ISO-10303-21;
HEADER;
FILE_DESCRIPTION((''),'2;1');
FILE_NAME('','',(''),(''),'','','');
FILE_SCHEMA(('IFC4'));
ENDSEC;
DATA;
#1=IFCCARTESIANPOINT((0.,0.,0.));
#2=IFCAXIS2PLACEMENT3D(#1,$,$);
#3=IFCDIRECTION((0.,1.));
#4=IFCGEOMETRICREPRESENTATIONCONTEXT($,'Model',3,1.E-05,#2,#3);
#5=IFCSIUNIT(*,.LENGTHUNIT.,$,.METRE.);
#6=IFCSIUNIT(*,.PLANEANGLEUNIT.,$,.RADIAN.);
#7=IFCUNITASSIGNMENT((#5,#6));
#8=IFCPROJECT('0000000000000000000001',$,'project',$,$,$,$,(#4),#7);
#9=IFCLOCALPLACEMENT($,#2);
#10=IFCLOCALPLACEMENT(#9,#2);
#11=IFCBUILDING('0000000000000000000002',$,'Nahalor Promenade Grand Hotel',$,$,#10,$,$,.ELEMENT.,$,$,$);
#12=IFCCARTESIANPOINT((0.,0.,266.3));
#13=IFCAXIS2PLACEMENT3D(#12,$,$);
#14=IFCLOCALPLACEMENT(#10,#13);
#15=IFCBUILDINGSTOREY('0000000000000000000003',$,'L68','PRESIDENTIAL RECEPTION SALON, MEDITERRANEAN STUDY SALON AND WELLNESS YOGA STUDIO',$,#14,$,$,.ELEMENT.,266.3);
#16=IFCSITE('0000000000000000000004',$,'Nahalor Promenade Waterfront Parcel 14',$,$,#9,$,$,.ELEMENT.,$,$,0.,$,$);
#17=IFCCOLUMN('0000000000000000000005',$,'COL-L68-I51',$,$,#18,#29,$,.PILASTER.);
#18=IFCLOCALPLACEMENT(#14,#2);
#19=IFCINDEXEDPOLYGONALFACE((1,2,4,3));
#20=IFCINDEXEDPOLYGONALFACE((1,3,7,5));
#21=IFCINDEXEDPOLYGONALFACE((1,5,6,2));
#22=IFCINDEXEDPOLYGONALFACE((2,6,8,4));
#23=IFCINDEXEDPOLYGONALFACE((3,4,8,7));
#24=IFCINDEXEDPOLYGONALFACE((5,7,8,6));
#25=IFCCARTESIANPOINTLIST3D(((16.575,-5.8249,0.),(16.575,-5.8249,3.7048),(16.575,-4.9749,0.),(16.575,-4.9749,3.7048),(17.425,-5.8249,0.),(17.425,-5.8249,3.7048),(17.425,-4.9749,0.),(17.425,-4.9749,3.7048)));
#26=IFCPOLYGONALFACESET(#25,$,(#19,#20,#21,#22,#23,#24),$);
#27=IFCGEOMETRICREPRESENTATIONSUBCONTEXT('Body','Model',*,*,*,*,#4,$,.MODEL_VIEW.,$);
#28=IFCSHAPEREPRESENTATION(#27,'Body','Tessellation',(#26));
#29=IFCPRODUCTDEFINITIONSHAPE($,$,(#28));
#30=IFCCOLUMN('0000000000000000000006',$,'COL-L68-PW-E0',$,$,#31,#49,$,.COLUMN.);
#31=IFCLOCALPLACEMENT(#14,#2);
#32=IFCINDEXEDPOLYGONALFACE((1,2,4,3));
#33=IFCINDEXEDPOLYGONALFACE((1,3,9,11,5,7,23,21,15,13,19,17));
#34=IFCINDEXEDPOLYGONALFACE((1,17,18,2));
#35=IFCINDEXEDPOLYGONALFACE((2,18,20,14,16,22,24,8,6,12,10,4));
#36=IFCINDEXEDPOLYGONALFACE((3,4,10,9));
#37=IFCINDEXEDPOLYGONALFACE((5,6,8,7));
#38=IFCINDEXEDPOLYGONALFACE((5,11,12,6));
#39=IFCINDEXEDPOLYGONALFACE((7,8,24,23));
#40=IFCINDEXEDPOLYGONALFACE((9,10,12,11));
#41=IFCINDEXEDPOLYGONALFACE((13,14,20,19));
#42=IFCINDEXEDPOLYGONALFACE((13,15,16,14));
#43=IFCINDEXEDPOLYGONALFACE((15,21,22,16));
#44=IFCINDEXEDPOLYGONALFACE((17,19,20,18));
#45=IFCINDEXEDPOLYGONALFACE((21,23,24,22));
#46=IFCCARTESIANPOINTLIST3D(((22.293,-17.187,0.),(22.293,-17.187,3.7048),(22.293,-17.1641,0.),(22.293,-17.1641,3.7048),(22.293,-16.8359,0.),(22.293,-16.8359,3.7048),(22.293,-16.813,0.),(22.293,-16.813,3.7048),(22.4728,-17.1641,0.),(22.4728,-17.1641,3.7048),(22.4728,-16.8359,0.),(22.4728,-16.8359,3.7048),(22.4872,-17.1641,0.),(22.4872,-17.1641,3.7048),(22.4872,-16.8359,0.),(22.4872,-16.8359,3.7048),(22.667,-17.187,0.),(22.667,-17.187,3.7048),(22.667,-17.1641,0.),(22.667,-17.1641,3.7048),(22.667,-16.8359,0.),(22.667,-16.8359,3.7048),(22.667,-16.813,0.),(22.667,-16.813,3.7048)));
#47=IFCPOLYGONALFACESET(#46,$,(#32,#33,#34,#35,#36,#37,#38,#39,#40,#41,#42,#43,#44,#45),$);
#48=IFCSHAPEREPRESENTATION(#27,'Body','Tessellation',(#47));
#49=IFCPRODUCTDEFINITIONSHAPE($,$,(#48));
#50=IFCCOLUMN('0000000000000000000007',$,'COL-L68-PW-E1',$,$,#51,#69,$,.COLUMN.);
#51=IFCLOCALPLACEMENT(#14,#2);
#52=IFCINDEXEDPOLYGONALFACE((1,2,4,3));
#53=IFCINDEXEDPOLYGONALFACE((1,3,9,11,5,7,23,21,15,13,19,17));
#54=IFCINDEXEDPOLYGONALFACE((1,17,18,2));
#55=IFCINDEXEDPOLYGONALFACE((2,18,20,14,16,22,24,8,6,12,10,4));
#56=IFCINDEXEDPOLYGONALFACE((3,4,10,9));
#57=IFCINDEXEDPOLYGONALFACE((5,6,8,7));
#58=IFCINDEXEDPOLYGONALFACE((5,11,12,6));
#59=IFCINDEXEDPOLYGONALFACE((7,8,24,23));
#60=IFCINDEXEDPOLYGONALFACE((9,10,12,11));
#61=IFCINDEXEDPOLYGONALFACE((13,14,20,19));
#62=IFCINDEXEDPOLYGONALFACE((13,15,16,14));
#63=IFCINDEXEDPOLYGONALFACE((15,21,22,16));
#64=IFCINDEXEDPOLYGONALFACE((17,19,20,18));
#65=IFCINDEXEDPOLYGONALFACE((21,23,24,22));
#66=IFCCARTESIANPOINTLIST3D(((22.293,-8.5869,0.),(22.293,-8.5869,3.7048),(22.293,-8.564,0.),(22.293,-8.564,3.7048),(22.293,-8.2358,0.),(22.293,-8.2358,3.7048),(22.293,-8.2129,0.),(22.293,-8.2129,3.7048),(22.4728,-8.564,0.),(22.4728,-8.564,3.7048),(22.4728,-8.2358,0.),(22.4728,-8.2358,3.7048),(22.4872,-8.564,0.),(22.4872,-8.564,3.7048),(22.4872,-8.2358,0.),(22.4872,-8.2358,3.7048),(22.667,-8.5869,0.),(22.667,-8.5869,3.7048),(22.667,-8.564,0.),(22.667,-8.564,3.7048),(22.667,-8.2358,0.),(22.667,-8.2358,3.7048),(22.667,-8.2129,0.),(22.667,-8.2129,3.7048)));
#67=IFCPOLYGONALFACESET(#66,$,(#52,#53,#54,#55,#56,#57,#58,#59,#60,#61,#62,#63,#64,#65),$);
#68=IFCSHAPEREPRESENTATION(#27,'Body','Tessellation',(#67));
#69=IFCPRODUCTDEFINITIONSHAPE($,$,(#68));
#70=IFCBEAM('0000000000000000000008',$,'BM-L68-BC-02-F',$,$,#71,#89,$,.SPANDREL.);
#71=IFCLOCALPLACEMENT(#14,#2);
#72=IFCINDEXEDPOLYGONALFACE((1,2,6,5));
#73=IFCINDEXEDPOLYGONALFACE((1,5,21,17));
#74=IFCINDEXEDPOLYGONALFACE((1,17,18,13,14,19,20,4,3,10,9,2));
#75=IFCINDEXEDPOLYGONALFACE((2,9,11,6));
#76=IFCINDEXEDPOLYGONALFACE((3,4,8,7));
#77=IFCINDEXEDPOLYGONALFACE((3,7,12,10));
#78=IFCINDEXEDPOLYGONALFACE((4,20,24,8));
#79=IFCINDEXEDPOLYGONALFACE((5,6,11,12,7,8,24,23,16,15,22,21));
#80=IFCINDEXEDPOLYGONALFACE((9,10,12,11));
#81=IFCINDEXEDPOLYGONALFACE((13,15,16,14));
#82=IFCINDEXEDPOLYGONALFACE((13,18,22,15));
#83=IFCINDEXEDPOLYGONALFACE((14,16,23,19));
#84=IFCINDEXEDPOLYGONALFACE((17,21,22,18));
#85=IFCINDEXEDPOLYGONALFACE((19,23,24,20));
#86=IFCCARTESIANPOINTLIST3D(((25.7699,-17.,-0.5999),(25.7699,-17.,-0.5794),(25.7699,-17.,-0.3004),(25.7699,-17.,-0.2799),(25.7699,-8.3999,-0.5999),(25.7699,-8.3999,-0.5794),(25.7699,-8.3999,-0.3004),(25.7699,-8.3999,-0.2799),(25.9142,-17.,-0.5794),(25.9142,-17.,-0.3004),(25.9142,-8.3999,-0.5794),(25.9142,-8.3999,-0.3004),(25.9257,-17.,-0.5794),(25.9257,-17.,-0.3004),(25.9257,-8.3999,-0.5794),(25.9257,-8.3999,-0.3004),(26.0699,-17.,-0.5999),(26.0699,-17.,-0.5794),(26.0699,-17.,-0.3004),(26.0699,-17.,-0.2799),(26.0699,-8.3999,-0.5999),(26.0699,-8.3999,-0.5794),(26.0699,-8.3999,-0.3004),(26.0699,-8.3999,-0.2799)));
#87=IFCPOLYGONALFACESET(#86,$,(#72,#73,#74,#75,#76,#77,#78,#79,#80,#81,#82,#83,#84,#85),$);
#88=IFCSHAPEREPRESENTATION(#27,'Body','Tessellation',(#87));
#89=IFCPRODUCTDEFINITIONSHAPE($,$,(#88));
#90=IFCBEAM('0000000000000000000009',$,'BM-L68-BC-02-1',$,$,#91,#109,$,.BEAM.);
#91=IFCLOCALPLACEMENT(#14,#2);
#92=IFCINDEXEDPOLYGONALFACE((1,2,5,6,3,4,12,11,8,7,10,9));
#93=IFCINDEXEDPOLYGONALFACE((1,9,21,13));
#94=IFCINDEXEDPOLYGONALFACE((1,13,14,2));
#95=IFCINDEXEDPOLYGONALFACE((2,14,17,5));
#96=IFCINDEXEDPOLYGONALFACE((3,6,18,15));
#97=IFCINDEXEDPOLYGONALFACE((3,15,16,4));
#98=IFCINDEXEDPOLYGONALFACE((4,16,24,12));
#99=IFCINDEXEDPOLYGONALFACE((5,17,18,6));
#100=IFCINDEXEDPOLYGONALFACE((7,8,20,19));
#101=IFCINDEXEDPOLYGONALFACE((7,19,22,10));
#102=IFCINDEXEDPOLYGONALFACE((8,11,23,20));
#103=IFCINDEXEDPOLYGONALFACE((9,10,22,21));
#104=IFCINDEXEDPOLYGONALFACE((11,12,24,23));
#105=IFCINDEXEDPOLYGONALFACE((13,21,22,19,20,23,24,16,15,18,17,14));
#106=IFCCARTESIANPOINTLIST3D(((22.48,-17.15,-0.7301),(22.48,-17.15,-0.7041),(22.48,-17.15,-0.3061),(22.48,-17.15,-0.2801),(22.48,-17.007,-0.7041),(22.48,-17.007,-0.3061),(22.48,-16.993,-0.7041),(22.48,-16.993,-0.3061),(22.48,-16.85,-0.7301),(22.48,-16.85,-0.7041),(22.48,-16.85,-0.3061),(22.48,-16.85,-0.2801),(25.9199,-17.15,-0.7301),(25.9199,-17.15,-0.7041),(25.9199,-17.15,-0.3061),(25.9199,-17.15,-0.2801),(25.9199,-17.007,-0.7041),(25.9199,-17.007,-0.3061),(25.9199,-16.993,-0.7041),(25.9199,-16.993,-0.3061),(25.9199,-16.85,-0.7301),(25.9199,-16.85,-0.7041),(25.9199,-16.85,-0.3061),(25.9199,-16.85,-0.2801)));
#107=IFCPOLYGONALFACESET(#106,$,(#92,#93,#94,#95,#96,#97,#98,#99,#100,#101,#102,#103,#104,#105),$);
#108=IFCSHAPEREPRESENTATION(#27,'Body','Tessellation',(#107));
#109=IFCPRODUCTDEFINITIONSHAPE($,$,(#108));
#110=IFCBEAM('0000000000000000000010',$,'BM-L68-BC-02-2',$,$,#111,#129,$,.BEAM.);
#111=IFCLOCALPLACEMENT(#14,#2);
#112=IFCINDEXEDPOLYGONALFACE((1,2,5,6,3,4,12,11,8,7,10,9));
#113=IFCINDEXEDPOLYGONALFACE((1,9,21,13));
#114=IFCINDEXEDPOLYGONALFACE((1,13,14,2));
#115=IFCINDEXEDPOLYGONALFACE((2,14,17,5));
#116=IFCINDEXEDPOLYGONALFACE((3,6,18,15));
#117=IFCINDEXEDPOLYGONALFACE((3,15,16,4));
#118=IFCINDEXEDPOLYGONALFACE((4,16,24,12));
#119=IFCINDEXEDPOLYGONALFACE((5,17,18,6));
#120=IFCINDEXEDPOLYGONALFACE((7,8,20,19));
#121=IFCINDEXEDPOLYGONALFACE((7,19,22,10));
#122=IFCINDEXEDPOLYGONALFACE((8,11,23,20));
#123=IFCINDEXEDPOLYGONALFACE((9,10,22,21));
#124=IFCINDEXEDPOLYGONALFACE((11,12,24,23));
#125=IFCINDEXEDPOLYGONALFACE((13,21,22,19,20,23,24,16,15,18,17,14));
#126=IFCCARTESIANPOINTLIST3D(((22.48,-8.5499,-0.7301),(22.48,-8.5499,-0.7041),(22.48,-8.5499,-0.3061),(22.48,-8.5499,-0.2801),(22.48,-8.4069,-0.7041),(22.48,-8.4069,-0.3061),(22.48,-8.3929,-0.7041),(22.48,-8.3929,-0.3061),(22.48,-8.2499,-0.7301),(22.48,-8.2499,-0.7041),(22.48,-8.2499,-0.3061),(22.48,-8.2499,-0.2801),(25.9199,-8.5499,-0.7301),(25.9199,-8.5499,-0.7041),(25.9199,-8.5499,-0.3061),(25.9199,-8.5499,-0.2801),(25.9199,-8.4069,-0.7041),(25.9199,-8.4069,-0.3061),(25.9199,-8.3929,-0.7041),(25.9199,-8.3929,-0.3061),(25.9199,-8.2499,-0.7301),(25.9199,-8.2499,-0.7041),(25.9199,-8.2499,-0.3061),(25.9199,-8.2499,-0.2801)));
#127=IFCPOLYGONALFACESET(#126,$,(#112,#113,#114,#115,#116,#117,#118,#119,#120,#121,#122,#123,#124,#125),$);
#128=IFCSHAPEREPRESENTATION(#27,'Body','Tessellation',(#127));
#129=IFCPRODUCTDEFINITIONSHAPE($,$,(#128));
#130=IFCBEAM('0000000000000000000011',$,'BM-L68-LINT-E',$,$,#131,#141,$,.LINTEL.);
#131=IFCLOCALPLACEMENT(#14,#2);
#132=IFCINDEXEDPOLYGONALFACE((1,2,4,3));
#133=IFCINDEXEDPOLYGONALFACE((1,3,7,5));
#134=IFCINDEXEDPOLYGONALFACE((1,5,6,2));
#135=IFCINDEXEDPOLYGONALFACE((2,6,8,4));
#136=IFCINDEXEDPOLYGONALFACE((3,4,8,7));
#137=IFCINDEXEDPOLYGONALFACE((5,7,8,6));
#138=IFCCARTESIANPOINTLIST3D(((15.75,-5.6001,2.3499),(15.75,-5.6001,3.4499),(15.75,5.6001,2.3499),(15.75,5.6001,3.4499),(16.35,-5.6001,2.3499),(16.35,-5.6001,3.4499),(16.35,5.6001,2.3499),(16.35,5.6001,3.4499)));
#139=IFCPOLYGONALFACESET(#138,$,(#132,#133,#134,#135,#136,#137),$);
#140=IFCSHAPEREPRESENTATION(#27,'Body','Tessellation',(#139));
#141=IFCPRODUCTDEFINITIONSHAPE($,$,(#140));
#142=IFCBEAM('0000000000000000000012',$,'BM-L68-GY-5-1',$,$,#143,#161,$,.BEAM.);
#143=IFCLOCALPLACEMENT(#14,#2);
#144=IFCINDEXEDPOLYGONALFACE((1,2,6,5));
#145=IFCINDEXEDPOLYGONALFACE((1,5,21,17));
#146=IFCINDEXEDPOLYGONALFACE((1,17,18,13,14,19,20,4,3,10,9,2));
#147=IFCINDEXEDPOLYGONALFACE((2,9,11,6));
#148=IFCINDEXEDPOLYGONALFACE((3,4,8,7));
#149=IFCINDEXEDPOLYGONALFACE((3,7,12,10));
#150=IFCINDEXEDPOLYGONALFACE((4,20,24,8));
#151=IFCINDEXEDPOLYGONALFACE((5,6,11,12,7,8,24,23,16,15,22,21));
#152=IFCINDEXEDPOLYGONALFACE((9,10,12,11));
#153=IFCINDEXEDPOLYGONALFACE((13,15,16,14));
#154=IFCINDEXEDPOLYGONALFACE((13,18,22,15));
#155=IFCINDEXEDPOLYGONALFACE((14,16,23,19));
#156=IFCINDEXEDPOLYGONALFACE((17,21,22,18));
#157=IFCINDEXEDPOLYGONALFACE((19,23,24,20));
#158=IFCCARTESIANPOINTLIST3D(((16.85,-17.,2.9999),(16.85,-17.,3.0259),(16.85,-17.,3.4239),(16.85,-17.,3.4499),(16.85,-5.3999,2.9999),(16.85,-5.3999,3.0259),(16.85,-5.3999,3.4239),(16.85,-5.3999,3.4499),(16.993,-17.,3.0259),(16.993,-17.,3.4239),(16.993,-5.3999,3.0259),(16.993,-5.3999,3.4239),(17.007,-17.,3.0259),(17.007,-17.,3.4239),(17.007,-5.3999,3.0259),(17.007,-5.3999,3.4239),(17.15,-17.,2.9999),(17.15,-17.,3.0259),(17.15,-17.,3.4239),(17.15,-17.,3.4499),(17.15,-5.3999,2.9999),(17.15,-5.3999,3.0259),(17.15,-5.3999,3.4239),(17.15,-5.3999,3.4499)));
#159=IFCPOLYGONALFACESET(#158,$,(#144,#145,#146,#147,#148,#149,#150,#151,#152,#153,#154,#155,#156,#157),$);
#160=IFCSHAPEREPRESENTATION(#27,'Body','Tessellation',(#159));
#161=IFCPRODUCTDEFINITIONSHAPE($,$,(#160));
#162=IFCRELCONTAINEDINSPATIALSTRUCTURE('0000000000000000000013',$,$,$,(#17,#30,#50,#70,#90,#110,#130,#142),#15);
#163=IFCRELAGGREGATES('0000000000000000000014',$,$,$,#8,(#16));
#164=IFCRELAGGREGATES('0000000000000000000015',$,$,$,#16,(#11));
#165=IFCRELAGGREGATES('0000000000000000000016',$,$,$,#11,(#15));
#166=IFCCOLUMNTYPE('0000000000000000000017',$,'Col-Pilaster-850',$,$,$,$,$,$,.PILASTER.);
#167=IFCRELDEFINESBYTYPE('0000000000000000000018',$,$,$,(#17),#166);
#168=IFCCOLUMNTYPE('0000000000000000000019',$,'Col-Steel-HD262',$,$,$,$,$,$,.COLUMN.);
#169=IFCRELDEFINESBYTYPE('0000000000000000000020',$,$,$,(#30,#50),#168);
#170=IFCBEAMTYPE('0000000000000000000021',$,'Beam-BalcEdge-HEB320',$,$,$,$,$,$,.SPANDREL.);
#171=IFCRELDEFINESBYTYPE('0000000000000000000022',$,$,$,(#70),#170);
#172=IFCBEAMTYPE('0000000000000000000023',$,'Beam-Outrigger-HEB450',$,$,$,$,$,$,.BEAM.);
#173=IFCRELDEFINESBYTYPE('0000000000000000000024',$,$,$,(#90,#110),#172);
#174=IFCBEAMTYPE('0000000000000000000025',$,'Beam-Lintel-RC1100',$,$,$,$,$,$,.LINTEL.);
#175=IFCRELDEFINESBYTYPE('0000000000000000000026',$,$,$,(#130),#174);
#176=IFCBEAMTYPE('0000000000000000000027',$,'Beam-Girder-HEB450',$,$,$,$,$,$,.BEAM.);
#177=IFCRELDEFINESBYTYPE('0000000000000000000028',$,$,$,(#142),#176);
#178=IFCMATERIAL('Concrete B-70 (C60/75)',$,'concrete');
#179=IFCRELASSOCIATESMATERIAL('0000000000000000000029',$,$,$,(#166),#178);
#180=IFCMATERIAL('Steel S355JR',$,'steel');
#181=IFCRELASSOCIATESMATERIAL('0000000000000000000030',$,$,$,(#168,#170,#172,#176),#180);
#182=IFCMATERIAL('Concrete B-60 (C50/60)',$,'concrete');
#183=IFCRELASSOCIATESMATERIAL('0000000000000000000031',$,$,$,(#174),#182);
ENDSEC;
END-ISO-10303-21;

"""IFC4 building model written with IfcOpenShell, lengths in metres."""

from ifc_helpers import new_model, si_unit, direction, frame, origin, origin_2d, place, context, subcontext, project, spatial, rectangle, i_section, extrude, source, transform, mapped, material, material_profile, profile_set, type_object, element, save


model = new_model("IFC4")

# Units and contexts
model_context = context("Model", 3, precision=1e-05, world=origin(), true_north=direction((0.0, 1.0)))
body_context = subcontext(model_context, "Body", "Model", "MODEL_VIEW")
ifc_project = project(units=[si_unit("LENGTHUNIT", "METRE"), si_unit("PLANEANGLEUNIT", "RADIAN")], contexts=[model_context])

# Site, building, storey
site_placement = place(None, origin())
site = spatial("IfcSite", under=ifc_project, at=site_placement, Name="Nahalor Promenade Waterfront Parcel 14", CompositionType="ELEMENT", RefElevation=0.0)
building_placement = place(site_placement, origin())
building = spatial("IfcBuilding", under=site, at=building_placement, Name="Nahalor Promenade Grand Hotel", CompositionType="ELEMENT")
storey_placement = place(building_placement, frame((0.0, 0.0, 266.3)))
storey = spatial("IfcBuildingStorey", under=building, at=storey_placement, Name="L68", Description="PRESIDENTIAL RECEPTION SALON, MEDITERRANEAN STUDY SALON AND WELLNESS YOGA STUDIO", CompositionType="ELEMENT", Elevation=266.3)

# Columns
ifc_material_1 = material(Name="Concrete B-70 (C60/75)", Category="concrete")
ifc_material_profile_1 = material_profile(ifc_material_1, rectangle(XDim=0.85, YDim=0.85, at=origin_2d()), Name="RC 850x850")
ifc_profile_set_1 = profile_set([ifc_material_profile_1], Name="Concrete B-70 (C60/75)")
column_type_1 = type_object("IfcColumnType", Name="Col-Pilaster-850", PredefinedType="PILASTER", material=ifc_profile_set_1)
shared_shape_1 = source(origin(), body_context, "Body", "SweptSolid", [
    extrude(rectangle(XDim=0.85, YDim=0.85, at=origin_2d()), origin(), (0.0, 0.0, 1.0), 3.7048),
])
column_placement = place(storey_placement, frame((17.0, -5.3999, 0.0), z_axis=(0.0, 0.0, 1.0), x_axis=(1.0, 0.0, 0.0)))
element("IfcColumn", 1, at=column_placement, inside=storey, type_object=column_type_1, Name="COL-L68-I51", PredefinedType="PILASTER", context=body_context, shape_type="MappedRepresentation", body=[
    mapped(shared_shape_1, transform((0.0, 0.0, 0.0), scale=1.0)),
])
ifc_material_2 = material(Name="Steel S355JR", Category="steel")
ifc_material_profile_2 = material_profile(ifc_material_2, i_section(OverallWidth=0.374, OverallDepth=0.374, WebThickness=0.0144, FlangeThickness=0.0229, at=origin_2d()), Name="HD 360x262")
ifc_profile_set_2 = profile_set([ifc_material_profile_2], Name="Steel S355JR")
column_type_2 = type_object("IfcColumnType", Name="Col-Steel-HD262", PredefinedType="COLUMN", material=ifc_profile_set_2)
shared_shape_2 = source(origin(), body_context, "Body", "SweptSolid", [
    extrude(i_section(OverallWidth=0.374, OverallDepth=0.374, WebThickness=0.0144, FlangeThickness=0.0229, at=origin_2d()), origin(), (0.0, 0.0, 1.0), 3.7048),
])
for number, where, z_axis, x_axis, name in (
    (2, (22.48, -17.0, 0.0), (0.0, 0.0, 1.0), (1.0, 0.0, 0.0), "COL-L68-PW-E0"),
    (3, (22.48, -8.3999, 0.0), (0.0, 0.0, 1.0), (1.0, 0.0, 0.0), "COL-L68-PW-E1"),
):
    element("IfcColumn", number, at=place(storey_placement, frame(where, z_axis=z_axis, x_axis=x_axis)), inside=storey, type_object=column_type_2, Name=name, PredefinedType="COLUMN", context=body_context, shape_type="MappedRepresentation", body=[
        mapped(shared_shape_2, transform((0.0, 0.0, 0.0), scale=1.0)),
    ])

# Beams
ifc_material_profile_3 = material_profile(ifc_material_2, i_section(OverallWidth=0.3, OverallDepth=0.32, WebThickness=0.0115, FlangeThickness=0.0205, at=origin_2d()), Name="HEB 320")
ifc_profile_set_3 = profile_set([ifc_material_profile_3], Name="Steel S355JR")
beam_type_1 = type_object("IfcBeamType", Name="Beam-BalcEdge-HEB320", PredefinedType="SPANDREL", material=ifc_profile_set_3)
shared_shape_3 = source(origin(), body_context, "Body", "SweptSolid", [
    extrude(i_section(OverallWidth=0.3, OverallDepth=0.32, WebThickness=0.0115, FlangeThickness=0.0205, at=origin_2d()), origin(), (0.0, 0.0, 1.0), 8.6001),
])
beam_1_placement = place(storey_placement, frame((25.9199, -17.0, -0.4399), z_axis=(0.0, 1.0, 0.0), x_axis=(-1.0, 0.0, 0.0)))
element("IfcBeam", 4, at=beam_1_placement, inside=storey, type_object=beam_type_1, Name="BM-L68-BC-02-F", PredefinedType="SPANDREL", context=body_context, shape_type="MappedRepresentation", body=[
    mapped(shared_shape_3, transform((0.0, 0.0, 0.0), scale=1.0)),
])
ifc_material_profile_4 = material_profile(ifc_material_2, i_section(OverallWidth=0.3, OverallDepth=0.45, WebThickness=0.014, FlangeThickness=0.026, at=origin_2d()), Name="HEB 450")
ifc_profile_set_4 = profile_set([ifc_material_profile_4], Name="Steel S355JR")
beam_type_2 = type_object("IfcBeamType", Name="Beam-Outrigger-HEB450", PredefinedType="BEAM", material=ifc_profile_set_4)
shared_shape_4 = source(origin(), body_context, "Body", "SweptSolid", [
    extrude(i_section(OverallWidth=0.3, OverallDepth=0.45, WebThickness=0.014, FlangeThickness=0.026, at=origin_2d()), origin(), (0.0, 0.0, 1.0), 3.4399),
])
for number, where, z_axis, x_axis, name in (
    (5, (22.48, -17.0, -0.5051), (1.0, 0.0, 0.0), (0.0, 1.0, 0.0), "BM-L68-BC-02-1"),
    (6, (22.48, -8.3999, -0.5051), (1.0, 0.0, 0.0), (0.0, 1.0, 0.0), "BM-L68-BC-02-2"),
):
    element("IfcBeam", number, at=place(storey_placement, frame(where, z_axis=z_axis, x_axis=x_axis)), inside=storey, type_object=beam_type_2, Name=name, PredefinedType="BEAM", context=body_context, shape_type="MappedRepresentation", body=[
        mapped(shared_shape_4, transform((0.0, 0.0, 0.0), scale=1.0)),
    ])
ifc_material_3 = material(Name="Concrete B-60 (C50/60)", Category="concrete")
ifc_material_profile_5 = material_profile(ifc_material_3, rectangle(XDim=0.6, YDim=1.1, at=origin_2d()), Name="RC 600x1100")
ifc_profile_set_5 = profile_set([ifc_material_profile_5], Name="Concrete B-60 (C50/60)")
beam_type_3 = type_object("IfcBeamType", Name="Beam-Lintel-RC1100", PredefinedType="LINTEL", material=ifc_profile_set_5)
shared_shape_5 = source(origin(), body_context, "Body", "SweptSolid", [
    extrude(rectangle(XDim=0.6, YDim=1.1, at=origin_2d()), origin(), (0.0, 0.0, 1.0), 11.2002),
])
beam_2_placement = place(storey_placement, frame((16.05, -5.6001, 2.8999), z_axis=(0.0, 1.0, 0.0), x_axis=(-1.0, 0.0, 0.0)))
element("IfcBeam", 7, at=beam_2_placement, inside=storey, type_object=beam_type_3, Name="BM-L68-LINT-E", PredefinedType="LINTEL", context=body_context, shape_type="MappedRepresentation", body=[
    mapped(shared_shape_5, transform((0.0, 0.0, 0.0), scale=1.0)),
])
ifc_material_profile_6 = material_profile(ifc_material_2, i_section(OverallWidth=0.3, OverallDepth=0.45, WebThickness=0.014, FlangeThickness=0.026, at=origin_2d()), Name="HEB 450")
ifc_profile_set_6 = profile_set([ifc_material_profile_6], Name="Steel S355JR")
beam_type_4 = type_object("IfcBeamType", Name="Beam-Girder-HEB450", PredefinedType="BEAM", material=ifc_profile_set_6)
shared_shape_6 = source(origin(), body_context, "Body", "SweptSolid", [
    extrude(i_section(OverallWidth=0.3, OverallDepth=0.45, WebThickness=0.014, FlangeThickness=0.026, at=origin_2d()), origin(), (0.0, 0.0, 1.0), 11.6001),
])
beam_3_placement = place(storey_placement, frame((17.0, -17.0, 3.2249), z_axis=(0.0, 1.0, 0.0), x_axis=(-1.0, 0.0, 0.0)))
element("IfcBeam", 8, at=beam_3_placement, inside=storey, type_object=beam_type_4, Name="BM-L68-GY-5-1", PredefinedType="BEAM", context=body_context, shape_type="MappedRepresentation", body=[
    mapped(shared_shape_6, transform((0.0, 0.0, 0.0), scale=1.0)),
])

save(model, "model.ifc")
